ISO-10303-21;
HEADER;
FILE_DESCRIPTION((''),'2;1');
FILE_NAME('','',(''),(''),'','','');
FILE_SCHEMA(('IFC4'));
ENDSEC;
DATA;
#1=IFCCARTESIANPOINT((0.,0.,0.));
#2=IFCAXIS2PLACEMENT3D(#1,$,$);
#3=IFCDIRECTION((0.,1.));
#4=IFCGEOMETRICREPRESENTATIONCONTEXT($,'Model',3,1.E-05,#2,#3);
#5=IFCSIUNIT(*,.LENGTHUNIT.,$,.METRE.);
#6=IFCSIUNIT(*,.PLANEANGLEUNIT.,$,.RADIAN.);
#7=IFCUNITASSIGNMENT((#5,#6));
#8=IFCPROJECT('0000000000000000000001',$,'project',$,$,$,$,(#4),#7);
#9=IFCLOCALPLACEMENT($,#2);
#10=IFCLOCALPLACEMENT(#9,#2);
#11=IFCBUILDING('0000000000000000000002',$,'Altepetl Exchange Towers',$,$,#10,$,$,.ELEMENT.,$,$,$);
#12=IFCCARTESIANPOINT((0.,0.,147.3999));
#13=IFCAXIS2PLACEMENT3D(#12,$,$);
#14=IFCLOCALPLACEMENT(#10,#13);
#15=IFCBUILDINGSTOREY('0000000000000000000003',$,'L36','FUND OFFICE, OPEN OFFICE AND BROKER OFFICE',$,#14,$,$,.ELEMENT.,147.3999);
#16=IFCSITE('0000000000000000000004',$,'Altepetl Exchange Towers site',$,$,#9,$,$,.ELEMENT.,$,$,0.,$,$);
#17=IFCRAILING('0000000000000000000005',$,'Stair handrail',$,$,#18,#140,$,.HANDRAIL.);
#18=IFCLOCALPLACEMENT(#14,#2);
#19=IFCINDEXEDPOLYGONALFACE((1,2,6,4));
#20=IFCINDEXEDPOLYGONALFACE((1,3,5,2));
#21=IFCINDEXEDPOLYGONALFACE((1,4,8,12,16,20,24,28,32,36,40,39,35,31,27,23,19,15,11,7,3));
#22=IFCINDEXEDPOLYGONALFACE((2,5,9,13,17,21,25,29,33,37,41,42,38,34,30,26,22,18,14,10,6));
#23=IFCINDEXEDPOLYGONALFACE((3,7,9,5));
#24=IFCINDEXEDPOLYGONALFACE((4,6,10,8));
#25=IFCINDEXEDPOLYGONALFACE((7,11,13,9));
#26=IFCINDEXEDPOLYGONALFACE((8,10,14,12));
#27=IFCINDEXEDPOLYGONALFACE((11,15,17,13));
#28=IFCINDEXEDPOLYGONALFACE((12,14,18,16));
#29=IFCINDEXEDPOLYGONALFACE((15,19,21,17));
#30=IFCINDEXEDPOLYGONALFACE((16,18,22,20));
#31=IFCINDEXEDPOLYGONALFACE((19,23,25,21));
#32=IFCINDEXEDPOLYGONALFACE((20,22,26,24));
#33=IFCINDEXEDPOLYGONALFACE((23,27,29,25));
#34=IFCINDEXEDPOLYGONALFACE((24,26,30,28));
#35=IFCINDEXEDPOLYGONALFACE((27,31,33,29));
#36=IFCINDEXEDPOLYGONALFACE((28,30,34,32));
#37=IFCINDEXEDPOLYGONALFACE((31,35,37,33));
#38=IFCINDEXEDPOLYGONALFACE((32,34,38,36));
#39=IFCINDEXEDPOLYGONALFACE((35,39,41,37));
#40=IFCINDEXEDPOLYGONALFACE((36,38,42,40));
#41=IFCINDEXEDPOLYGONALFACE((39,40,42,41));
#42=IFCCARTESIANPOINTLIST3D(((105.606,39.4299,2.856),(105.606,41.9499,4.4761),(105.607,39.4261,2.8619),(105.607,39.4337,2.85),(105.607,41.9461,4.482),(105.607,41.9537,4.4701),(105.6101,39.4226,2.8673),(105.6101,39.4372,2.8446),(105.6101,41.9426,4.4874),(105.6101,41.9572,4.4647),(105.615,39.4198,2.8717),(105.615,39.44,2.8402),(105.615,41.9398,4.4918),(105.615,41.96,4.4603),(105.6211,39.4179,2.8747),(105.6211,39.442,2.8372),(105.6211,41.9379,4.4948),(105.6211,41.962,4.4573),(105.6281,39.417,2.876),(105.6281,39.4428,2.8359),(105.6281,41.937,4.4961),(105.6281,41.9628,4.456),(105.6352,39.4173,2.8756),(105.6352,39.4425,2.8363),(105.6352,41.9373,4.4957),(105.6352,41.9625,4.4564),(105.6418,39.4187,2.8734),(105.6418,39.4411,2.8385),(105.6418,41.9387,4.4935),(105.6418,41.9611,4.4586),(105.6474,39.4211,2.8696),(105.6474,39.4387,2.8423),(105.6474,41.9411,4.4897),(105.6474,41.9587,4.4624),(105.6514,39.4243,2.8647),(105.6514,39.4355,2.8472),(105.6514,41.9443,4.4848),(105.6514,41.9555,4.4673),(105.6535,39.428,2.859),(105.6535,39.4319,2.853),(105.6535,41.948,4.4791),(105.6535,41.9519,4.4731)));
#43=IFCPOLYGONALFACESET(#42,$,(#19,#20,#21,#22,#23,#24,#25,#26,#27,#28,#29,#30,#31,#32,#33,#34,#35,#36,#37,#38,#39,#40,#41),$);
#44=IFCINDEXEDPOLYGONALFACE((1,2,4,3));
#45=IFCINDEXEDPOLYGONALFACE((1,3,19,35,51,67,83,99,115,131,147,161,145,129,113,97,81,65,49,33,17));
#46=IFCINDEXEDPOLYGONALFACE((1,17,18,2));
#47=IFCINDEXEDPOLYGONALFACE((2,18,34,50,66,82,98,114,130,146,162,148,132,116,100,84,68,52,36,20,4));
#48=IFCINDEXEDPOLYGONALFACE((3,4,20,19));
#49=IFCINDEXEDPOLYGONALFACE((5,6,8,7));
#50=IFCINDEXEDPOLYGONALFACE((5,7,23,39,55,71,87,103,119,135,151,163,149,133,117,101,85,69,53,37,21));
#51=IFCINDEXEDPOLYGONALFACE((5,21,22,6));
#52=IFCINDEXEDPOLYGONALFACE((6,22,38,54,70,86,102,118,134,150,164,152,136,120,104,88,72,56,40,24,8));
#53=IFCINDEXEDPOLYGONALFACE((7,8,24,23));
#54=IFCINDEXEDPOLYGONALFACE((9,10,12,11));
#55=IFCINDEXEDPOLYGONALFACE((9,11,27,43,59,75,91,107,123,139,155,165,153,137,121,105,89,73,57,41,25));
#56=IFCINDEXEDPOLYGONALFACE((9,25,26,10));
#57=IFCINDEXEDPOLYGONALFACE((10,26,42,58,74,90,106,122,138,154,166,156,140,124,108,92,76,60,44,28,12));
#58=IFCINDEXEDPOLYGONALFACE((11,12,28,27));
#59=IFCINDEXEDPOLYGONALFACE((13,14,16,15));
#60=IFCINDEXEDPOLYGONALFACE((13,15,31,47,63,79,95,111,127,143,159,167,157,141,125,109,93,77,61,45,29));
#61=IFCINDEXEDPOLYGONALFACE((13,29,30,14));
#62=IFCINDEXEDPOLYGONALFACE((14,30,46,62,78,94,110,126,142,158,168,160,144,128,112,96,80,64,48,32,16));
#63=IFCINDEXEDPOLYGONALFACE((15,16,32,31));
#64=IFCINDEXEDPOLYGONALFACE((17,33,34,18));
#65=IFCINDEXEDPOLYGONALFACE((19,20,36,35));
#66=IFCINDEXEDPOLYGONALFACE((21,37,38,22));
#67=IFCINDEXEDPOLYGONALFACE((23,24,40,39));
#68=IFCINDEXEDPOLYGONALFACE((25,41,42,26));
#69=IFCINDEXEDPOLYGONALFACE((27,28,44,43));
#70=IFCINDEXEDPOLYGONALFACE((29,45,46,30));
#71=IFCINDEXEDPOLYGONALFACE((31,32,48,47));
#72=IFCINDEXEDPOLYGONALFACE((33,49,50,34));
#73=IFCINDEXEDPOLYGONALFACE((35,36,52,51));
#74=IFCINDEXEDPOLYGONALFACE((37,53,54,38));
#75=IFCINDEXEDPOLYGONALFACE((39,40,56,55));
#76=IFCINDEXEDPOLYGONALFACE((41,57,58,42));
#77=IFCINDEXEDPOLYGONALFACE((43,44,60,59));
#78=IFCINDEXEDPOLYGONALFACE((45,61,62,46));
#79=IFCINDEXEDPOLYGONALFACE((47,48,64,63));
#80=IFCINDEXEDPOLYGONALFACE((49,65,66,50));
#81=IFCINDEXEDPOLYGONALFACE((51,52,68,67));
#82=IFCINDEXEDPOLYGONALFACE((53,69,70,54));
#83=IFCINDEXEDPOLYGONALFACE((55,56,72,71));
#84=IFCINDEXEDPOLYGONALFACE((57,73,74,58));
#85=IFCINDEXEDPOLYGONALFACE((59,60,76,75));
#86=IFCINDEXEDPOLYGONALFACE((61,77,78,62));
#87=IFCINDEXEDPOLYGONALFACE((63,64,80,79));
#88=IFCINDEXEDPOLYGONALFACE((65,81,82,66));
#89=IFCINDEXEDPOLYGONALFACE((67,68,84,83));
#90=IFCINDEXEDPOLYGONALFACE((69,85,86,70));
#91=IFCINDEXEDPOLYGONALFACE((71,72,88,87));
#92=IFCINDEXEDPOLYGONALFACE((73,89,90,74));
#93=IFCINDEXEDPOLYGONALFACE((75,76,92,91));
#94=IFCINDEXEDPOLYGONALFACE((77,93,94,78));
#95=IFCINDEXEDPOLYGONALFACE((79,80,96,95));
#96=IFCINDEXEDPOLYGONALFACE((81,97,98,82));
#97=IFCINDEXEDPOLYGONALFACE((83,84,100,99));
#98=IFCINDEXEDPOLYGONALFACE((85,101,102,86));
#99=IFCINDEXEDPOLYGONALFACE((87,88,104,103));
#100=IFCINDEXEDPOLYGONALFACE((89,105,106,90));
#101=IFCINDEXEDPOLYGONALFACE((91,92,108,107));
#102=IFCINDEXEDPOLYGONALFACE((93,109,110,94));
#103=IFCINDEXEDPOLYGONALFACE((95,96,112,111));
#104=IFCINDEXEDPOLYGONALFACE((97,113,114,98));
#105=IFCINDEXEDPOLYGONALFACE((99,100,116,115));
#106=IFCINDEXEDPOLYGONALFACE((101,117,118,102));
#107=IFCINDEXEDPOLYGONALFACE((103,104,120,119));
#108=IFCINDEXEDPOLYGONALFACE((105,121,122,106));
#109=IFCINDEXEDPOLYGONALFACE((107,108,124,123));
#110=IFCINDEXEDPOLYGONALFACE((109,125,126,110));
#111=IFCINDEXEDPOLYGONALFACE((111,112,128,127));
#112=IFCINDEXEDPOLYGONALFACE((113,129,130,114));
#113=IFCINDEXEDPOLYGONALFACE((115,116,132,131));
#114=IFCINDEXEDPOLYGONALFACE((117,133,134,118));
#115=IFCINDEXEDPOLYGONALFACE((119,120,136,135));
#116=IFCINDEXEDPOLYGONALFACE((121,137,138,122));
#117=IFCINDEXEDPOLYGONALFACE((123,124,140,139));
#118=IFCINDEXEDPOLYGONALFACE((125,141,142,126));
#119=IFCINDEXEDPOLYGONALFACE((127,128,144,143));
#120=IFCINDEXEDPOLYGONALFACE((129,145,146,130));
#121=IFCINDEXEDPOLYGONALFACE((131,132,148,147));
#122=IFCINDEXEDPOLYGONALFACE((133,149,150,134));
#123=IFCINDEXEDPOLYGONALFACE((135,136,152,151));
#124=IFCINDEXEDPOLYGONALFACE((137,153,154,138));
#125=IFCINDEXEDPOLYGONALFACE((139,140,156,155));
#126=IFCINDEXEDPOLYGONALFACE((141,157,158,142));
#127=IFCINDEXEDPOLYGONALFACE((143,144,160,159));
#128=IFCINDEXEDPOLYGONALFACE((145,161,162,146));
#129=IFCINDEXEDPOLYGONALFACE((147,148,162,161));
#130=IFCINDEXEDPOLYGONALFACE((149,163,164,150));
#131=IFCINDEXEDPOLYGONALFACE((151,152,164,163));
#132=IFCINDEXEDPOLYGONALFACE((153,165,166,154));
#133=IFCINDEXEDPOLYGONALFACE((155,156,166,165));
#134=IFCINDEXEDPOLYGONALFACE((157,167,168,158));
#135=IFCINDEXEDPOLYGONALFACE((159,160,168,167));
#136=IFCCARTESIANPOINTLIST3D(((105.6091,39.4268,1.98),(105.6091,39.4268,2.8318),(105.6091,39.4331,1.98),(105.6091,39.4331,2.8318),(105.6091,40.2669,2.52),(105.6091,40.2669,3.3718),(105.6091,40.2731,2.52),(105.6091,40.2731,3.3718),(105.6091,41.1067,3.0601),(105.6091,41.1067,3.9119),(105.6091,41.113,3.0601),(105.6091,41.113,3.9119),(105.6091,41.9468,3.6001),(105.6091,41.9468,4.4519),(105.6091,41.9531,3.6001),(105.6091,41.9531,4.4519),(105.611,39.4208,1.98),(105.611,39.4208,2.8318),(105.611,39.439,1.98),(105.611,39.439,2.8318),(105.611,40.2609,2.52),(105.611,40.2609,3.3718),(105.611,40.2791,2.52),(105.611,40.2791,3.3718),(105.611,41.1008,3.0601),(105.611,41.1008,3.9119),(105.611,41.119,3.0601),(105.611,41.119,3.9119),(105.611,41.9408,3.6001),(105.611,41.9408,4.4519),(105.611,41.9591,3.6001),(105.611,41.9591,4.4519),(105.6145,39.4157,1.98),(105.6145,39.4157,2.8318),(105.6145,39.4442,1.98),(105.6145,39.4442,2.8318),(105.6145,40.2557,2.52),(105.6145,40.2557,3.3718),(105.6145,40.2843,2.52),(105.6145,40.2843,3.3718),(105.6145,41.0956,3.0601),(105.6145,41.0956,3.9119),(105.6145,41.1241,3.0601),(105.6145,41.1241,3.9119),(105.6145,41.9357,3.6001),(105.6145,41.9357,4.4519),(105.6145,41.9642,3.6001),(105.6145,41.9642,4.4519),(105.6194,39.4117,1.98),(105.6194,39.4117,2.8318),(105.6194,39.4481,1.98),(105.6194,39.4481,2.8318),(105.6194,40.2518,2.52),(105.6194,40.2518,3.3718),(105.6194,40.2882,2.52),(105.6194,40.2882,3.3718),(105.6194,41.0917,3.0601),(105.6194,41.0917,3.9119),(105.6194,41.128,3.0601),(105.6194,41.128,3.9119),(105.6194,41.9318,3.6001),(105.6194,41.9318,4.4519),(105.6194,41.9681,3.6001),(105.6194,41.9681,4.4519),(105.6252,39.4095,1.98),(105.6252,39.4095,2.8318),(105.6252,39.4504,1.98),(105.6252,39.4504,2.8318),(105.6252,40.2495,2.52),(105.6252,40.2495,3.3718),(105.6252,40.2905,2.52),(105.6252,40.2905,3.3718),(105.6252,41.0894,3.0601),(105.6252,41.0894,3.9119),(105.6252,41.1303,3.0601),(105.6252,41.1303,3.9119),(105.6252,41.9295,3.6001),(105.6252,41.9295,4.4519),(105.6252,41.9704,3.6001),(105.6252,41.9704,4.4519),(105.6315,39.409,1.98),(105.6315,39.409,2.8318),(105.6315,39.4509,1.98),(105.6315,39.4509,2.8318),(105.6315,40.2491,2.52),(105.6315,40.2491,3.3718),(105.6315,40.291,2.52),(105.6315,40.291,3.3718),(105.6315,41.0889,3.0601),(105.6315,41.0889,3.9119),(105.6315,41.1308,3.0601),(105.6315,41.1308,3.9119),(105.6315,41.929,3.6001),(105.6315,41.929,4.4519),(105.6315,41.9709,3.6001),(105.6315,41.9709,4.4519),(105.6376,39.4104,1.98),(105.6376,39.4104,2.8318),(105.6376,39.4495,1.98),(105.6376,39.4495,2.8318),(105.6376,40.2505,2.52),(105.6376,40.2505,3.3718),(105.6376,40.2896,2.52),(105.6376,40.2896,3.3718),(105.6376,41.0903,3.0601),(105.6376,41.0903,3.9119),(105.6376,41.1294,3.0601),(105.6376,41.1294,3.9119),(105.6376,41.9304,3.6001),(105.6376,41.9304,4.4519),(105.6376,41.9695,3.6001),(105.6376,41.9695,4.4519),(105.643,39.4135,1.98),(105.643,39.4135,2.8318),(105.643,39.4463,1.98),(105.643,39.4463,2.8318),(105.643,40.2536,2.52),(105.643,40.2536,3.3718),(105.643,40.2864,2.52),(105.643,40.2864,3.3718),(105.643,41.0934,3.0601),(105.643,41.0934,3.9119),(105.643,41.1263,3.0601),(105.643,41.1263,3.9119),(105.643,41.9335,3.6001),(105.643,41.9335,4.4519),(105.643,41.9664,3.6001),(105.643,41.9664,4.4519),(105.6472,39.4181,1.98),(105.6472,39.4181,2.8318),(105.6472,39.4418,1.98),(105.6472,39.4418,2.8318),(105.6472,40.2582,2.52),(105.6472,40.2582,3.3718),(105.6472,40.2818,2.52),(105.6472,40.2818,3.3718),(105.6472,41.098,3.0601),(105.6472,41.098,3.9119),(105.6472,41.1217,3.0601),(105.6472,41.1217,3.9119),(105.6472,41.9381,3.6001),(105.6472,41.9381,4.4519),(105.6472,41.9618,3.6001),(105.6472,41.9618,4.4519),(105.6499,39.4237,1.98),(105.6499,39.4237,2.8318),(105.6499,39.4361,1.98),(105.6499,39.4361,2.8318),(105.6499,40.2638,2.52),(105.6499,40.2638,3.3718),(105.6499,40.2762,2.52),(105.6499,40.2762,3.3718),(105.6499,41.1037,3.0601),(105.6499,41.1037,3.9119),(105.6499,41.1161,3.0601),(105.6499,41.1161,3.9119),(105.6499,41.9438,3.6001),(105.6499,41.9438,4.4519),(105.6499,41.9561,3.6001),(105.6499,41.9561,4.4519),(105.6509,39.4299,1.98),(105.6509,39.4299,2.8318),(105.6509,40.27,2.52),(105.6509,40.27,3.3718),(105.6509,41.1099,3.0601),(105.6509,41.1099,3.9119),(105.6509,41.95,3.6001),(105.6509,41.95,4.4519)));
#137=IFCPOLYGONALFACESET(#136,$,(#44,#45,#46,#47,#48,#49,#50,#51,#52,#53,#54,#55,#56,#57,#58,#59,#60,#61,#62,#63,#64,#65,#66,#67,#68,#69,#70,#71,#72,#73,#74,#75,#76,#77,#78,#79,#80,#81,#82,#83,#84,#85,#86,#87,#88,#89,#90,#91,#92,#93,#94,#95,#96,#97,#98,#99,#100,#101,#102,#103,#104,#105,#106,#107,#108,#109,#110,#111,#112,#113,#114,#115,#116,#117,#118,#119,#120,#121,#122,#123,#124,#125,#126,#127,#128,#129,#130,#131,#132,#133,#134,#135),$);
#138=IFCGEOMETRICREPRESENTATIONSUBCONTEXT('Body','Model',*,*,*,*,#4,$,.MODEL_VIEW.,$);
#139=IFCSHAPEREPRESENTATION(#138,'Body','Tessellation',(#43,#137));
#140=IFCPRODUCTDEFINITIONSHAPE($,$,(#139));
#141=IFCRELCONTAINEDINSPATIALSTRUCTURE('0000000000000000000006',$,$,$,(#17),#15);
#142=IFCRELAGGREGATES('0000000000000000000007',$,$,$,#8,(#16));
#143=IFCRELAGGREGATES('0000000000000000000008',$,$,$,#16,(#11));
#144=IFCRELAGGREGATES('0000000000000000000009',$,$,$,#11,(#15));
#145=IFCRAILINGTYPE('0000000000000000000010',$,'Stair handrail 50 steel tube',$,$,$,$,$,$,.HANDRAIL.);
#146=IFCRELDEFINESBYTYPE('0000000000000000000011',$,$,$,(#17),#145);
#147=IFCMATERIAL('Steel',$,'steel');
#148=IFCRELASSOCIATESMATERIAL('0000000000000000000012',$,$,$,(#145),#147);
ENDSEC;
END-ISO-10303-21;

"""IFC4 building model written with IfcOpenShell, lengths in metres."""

from ifc_helpers import new_model, si_unit, direction, frame, origin, origin_2d, place, context, subcontext, project, spatial, circle, extrude, source, transform, mapped, material, type_object, element, save


model = new_model("IFC4")

# Units and contexts
model_context = context("Model", 3, precision=1e-05, world=origin(), true_north=direction((0.0, 1.0)))
body_context = subcontext(model_context, "Body", "Model", "MODEL_VIEW")
ifc_project = project(units=[si_unit("LENGTHUNIT", "METRE"), si_unit("PLANEANGLEUNIT", "RADIAN")], contexts=[model_context])

# Site, building, storey
site_placement = place(None, origin())
site = spatial("IfcSite", under=ifc_project, at=site_placement, Name="Altepetl Exchange Towers site", CompositionType="ELEMENT", RefElevation=0.0)
building_placement = place(site_placement, origin())
building = spatial("IfcBuilding", under=site, at=building_placement, Name="Altepetl Exchange Towers", CompositionType="ELEMENT")
storey_placement = place(building_placement, frame((0.0, 0.0, 147.3999)))
storey = spatial("IfcBuildingStorey", under=building, at=storey_placement, Name="L36", Description="FUND OFFICE, OPEN OFFICE AND BROKER OFFICE", CompositionType="ELEMENT", Elevation=147.3999)

# Railing
ifc_material_1 = material(Name="Steel", Category="steel")
railing_type = type_object("IfcRailingType", Name="Stair handrail 50 steel tube", PredefinedType="HANDRAIL", material=ifc_material_1)
shared_shape = source(origin(), body_context, "Body", "SweptSolid", [
    extrude(circle(Radius=0.021, at=origin_2d()), origin(), (0.0, 0.0, 1.0), 0.8518),
])
railing_1_placement = place(storey_placement, frame((105.6299, 39.4299, 1.98)))
element("IfcRailing", 1, at=railing_1_placement, inside=storey, type_object=railing_type, Name="Stair handrail", PredefinedType="HANDRAIL", context=body_context, shape_type="SweptSolid", body=[
    extrude(circle(Radius=0.0239, at=origin_2d()), frame((0.0, 0.0, 0.876), z_axis=(0.0, 0.841163, 0.540782), x_axis=(-1.0, 0.0, 0.0)), (0.0, 0.0, 1.0), 2.9958),
    mapped(shared_shape, transform((0.0, 0.0, 0.0))),
    mapped(shared_shape, transform((0.0, 0.8401, 0.54))),
    mapped(shared_shape, transform((0.0, 1.6799, 1.0801))),
    mapped(shared_shape, transform((0.0, 2.52, 1.6201))),
])

save(model, "model.ifc")
